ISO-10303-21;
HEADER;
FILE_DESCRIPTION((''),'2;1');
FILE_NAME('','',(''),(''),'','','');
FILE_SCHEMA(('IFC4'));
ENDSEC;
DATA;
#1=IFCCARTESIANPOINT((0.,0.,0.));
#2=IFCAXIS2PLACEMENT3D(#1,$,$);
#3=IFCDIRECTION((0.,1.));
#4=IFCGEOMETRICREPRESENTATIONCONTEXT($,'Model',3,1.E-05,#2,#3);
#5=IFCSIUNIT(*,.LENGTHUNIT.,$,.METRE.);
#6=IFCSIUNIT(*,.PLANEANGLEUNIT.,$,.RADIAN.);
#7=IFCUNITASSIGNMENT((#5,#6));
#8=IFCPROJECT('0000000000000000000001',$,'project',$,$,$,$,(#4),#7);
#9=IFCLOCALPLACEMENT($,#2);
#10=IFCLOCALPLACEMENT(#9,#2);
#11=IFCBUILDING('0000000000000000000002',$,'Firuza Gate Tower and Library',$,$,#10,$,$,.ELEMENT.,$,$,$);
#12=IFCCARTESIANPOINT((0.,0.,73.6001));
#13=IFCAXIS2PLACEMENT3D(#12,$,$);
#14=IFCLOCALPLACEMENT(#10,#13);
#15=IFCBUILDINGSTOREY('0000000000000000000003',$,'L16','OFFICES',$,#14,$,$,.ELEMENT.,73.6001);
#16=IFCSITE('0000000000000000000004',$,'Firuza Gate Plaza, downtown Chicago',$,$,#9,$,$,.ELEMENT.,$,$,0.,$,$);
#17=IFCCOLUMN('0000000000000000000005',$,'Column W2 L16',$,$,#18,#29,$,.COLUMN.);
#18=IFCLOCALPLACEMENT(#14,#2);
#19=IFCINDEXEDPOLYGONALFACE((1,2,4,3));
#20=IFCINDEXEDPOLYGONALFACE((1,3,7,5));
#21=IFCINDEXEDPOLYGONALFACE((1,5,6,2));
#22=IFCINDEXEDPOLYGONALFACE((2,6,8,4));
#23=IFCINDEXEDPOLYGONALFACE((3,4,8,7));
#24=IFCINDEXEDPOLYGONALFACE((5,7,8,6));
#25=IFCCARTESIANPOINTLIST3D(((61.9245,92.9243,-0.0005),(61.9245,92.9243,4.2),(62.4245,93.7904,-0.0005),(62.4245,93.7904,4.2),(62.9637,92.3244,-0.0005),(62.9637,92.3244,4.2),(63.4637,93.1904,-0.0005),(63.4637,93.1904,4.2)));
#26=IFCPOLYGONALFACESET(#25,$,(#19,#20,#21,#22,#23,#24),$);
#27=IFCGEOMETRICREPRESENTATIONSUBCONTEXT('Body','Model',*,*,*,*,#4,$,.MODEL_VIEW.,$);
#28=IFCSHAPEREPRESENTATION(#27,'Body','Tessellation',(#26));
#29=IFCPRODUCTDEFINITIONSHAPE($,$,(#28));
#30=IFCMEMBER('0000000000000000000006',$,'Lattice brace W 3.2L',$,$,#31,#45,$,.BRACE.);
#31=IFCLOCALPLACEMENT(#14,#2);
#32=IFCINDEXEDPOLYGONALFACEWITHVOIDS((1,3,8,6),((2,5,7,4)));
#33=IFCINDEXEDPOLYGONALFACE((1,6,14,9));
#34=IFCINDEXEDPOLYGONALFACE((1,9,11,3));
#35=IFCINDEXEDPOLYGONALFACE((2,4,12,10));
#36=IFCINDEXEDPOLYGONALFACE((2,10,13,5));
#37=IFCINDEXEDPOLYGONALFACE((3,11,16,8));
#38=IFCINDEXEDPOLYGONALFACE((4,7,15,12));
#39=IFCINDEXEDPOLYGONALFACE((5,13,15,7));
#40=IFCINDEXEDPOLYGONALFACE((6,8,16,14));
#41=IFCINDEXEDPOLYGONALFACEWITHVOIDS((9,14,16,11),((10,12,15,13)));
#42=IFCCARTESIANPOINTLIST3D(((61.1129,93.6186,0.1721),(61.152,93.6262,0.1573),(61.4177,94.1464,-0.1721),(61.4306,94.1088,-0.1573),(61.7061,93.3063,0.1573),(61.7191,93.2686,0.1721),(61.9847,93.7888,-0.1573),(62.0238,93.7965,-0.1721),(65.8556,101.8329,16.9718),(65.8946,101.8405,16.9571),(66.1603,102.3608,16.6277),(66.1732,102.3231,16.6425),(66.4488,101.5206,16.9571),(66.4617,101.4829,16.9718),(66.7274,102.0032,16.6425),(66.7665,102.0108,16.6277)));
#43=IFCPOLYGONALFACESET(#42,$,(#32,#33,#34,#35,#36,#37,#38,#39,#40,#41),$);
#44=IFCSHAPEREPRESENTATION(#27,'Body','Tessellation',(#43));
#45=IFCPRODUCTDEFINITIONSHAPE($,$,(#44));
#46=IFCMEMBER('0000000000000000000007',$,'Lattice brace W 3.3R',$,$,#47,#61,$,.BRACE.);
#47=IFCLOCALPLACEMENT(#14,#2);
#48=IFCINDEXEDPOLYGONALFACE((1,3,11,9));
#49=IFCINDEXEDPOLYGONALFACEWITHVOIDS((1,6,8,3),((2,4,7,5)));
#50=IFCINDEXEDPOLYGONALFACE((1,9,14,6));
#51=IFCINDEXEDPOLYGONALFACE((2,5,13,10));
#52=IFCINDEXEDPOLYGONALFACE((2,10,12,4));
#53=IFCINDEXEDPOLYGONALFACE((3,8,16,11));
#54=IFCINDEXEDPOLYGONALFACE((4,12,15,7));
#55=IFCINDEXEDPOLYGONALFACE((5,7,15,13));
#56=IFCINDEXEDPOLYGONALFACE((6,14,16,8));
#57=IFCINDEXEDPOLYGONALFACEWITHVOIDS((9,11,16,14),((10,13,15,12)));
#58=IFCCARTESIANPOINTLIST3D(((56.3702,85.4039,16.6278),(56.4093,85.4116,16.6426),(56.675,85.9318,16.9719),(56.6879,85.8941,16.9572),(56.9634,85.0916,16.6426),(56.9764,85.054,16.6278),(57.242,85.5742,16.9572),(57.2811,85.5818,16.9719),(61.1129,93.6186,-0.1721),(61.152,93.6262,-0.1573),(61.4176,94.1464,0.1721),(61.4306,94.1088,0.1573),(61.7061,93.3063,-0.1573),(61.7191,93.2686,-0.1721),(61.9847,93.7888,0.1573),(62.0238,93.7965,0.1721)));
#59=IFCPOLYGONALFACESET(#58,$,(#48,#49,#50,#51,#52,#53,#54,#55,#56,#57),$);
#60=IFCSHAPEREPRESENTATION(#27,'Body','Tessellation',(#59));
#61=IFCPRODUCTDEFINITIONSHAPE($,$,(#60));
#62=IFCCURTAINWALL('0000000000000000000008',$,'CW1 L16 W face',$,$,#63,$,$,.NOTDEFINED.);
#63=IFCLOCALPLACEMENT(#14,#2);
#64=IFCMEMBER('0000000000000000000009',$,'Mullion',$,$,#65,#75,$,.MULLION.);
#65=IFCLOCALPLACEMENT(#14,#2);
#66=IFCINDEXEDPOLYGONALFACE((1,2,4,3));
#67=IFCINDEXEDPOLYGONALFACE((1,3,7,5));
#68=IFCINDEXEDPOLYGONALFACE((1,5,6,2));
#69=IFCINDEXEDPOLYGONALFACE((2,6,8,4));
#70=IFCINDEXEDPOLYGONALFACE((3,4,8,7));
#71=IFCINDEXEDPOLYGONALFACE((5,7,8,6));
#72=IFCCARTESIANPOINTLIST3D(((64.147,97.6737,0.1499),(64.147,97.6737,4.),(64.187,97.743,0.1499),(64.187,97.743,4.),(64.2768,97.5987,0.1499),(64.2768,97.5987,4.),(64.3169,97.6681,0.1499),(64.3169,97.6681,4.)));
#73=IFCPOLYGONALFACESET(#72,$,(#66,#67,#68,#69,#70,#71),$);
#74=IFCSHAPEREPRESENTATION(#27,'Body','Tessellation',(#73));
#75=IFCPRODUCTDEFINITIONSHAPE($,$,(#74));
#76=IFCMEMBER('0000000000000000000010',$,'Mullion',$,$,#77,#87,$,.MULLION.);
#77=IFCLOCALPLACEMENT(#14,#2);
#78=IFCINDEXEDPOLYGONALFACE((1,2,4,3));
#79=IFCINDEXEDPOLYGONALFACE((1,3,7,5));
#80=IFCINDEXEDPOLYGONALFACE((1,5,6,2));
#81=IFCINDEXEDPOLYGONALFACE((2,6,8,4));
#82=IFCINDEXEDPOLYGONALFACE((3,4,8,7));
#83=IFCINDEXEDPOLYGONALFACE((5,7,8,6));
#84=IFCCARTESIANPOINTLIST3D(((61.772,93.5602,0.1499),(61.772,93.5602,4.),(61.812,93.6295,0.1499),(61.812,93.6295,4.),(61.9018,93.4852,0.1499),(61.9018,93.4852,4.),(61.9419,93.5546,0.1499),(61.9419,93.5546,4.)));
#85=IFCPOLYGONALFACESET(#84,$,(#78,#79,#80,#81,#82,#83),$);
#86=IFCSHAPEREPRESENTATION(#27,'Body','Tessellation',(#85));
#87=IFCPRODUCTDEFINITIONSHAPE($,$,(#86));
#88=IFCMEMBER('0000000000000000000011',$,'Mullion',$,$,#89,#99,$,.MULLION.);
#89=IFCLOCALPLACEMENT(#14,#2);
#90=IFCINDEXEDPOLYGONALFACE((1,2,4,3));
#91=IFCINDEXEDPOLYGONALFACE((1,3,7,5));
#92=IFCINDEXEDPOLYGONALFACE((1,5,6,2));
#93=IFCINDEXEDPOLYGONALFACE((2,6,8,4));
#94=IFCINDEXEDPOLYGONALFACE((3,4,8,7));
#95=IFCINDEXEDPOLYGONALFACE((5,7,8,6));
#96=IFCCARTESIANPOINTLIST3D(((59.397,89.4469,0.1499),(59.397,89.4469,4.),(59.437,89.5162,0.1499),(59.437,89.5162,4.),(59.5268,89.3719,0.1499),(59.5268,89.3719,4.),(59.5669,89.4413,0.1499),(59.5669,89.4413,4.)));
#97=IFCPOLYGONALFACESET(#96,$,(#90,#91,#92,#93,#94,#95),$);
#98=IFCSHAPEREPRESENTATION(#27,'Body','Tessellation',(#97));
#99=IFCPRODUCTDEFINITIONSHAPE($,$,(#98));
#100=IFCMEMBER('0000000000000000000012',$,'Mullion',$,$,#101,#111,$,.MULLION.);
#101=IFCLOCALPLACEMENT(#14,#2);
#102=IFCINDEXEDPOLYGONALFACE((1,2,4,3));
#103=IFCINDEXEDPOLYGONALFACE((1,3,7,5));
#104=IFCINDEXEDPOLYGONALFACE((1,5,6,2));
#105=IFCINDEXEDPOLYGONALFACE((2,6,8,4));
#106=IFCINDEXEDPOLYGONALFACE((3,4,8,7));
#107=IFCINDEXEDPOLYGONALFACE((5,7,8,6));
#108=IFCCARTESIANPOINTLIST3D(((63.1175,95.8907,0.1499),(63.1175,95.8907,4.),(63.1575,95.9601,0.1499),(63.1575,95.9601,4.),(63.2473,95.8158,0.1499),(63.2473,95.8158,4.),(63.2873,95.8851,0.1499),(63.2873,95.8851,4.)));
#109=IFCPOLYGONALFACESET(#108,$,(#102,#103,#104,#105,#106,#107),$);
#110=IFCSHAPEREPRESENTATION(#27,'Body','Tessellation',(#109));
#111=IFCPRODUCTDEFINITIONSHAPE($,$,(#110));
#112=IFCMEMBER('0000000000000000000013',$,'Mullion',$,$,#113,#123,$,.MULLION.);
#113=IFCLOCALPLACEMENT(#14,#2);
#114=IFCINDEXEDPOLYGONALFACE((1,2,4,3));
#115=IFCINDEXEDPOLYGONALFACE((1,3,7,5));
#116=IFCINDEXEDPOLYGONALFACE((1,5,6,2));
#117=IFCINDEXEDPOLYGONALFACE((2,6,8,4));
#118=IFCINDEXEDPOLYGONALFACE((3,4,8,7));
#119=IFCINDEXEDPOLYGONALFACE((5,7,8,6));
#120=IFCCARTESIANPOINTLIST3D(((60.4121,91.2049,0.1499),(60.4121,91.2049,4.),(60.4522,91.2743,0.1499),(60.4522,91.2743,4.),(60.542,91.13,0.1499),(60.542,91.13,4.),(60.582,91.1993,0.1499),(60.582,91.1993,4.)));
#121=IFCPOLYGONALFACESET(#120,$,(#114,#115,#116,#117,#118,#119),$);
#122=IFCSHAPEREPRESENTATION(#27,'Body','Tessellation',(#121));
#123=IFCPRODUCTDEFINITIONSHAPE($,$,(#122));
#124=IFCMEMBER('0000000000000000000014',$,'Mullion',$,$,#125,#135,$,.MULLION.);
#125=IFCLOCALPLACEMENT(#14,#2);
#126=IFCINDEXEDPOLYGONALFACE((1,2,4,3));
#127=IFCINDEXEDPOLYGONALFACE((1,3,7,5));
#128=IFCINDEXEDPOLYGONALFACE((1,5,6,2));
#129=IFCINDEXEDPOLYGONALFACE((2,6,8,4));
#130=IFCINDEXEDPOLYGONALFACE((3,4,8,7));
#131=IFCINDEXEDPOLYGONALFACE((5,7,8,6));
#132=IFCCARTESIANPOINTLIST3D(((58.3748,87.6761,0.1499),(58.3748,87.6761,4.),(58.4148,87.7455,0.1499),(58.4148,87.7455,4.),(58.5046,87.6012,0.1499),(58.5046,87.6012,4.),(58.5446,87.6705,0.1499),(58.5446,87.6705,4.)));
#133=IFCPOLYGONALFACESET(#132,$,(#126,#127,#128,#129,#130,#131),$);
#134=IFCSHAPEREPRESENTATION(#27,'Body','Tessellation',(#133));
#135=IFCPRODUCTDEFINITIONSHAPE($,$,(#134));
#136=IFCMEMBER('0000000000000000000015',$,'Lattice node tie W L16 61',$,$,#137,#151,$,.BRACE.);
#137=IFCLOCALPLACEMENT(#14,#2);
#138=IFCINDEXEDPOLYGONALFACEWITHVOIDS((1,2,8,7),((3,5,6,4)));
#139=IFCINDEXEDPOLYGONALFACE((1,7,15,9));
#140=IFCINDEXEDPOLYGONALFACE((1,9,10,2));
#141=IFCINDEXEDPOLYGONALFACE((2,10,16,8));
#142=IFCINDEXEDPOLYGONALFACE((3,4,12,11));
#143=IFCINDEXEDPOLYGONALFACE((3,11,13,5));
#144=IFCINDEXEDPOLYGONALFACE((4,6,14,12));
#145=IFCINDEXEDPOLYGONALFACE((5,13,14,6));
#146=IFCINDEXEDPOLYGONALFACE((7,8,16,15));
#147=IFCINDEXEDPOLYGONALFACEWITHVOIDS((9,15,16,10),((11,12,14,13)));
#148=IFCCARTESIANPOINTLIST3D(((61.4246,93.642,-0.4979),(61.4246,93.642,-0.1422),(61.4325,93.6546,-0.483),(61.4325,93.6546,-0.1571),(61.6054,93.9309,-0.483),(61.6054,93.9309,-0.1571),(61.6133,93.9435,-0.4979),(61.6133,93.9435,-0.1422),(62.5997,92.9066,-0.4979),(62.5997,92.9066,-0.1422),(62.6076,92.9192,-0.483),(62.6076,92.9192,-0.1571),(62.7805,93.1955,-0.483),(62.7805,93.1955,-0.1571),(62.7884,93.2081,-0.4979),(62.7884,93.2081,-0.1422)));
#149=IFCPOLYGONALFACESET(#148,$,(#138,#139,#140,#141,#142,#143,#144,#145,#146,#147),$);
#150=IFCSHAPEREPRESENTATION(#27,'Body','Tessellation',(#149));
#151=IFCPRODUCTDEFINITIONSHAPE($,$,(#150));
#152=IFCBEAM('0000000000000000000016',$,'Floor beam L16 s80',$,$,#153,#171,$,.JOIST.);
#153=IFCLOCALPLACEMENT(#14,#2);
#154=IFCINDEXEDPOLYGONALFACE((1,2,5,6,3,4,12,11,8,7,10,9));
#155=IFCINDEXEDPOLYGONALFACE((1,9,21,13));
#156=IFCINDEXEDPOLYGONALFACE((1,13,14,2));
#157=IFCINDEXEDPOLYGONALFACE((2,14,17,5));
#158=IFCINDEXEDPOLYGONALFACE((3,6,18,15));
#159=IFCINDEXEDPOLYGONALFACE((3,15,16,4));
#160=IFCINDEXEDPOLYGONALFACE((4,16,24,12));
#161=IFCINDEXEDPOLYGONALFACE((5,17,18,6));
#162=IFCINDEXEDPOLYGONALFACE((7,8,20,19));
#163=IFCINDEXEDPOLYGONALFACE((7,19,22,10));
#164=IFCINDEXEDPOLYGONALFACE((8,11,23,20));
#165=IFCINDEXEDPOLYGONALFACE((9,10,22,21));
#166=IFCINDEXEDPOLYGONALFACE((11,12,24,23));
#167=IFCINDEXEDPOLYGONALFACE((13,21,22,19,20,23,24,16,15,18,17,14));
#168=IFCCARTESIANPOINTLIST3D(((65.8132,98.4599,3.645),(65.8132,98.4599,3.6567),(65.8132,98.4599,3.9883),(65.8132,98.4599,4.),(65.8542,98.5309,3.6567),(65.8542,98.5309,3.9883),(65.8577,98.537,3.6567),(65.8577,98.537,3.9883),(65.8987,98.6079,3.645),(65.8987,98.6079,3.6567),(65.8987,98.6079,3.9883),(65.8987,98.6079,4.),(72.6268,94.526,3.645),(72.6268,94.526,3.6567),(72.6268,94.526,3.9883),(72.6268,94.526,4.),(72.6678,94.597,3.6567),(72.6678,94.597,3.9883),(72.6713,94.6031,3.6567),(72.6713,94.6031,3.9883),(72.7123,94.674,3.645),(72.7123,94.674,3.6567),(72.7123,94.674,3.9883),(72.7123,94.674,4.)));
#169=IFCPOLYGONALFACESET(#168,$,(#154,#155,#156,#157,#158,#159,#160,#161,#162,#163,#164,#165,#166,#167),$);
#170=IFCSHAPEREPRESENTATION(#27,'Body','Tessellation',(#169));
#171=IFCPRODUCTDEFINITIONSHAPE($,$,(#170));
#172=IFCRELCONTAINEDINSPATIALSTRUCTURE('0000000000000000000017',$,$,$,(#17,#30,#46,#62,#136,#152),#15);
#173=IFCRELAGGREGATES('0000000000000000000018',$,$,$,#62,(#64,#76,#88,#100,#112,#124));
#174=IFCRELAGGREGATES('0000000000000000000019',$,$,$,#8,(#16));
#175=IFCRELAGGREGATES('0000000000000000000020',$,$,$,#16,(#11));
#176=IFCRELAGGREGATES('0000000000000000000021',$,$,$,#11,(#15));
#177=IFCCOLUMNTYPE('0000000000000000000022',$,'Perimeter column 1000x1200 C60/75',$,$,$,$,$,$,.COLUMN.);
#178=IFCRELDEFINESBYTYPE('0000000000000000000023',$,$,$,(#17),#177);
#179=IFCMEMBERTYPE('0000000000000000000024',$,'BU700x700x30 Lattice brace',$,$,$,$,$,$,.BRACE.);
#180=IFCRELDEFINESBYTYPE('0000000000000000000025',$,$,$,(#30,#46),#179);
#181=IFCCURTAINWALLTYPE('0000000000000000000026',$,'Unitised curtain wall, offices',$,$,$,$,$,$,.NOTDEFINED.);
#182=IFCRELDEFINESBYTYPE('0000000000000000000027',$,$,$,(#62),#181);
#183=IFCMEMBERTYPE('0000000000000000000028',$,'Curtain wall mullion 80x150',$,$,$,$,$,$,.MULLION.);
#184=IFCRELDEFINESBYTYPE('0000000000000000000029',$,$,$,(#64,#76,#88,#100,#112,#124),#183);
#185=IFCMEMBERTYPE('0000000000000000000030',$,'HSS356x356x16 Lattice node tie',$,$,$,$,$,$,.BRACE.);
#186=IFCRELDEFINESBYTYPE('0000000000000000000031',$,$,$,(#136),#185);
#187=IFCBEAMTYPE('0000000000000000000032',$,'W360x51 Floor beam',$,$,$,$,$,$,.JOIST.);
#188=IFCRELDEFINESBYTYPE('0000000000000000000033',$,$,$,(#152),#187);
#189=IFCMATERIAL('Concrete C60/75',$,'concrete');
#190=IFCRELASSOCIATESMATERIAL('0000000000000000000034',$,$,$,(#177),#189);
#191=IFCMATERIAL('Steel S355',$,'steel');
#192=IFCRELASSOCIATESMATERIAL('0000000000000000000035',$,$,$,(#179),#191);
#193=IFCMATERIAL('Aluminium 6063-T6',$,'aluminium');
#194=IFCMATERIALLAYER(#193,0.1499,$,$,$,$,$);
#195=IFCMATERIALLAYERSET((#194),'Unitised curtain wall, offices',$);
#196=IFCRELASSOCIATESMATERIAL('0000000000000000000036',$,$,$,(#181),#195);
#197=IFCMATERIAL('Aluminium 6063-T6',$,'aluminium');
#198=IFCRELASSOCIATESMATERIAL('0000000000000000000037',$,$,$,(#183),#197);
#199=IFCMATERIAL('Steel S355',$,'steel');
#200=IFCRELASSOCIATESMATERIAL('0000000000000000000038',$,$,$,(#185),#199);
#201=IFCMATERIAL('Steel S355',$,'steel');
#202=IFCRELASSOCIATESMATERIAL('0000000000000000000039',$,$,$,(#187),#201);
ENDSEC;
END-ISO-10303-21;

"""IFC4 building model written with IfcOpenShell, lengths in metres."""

from ifc_helpers import new_model, si_unit, direction, frame, origin, origin_2d, place, context, subcontext, project, spatial, rectangle, hollow_rectangle, i_section, extrude, material, layer, layer_set, material_profile, profile_set, type_object, element, aggregate, save


model = new_model("IFC4")

# Units and contexts
model_context = context("Model", 3, precision=1e-05, world=origin(), true_north=direction((0.0, 1.0)))
body_context = subcontext(model_context, "Body", "Model", "MODEL_VIEW")
ifc_project = project(units=[si_unit("LENGTHUNIT", "METRE"), si_unit("PLANEANGLEUNIT", "RADIAN")], contexts=[model_context])

# Site, building, storey
site_placement = place(None, origin())
site = spatial("IfcSite", under=ifc_project, at=site_placement, Name="Firuza Gate Plaza, downtown Chicago", CompositionType="ELEMENT", RefElevation=0.0)
building_placement = place(site_placement, origin())
building = spatial("IfcBuilding", under=site, at=building_placement, Name="Firuza Gate Tower and Library", CompositionType="ELEMENT")
storey_placement = place(building_placement, frame((0.0, 0.0, 73.6001)))
storey = spatial("IfcBuildingStorey", under=building, at=storey_placement, Name="L16", Description="OFFICES", CompositionType="ELEMENT", Elevation=73.6001)

# Column
ifc_material_1 = material(Name="Concrete C60/75", Category="concrete")
ifc_material_profile_1 = material_profile(ifc_material_1, rectangle(XDim=1.0, YDim=1.2, at=origin_2d()))
ifc_profile_set_1 = profile_set([ifc_material_profile_1], Name="Concrete C60/75")
column_type = type_object("IfcColumnType", Name="Perimeter column 1000x1200 C60/75", PredefinedType="COLUMN", material=ifc_profile_set_1)
column_placement = place(storey_placement, frame((62.6941, 93.0574, -0.0005), z_axis=(0.0, 0.0, 1.0), x_axis=(-0.5, -0.866025, 0.0)))
element("IfcColumn", 1, at=column_placement, inside=storey, type_object=column_type, Name="Column W2 L16", PredefinedType="COLUMN", context=body_context, shape_type="SweptSolid", body=[
    extrude(rectangle(XDim=1.0, YDim=1.2, at=origin_2d()), origin(), (0.0, 0.0, 1.0), 4.2004),
])

# Members
ifc_material_2 = material(Name="Steel S355", Category="steel")
ifc_material_profile_2 = material_profile(ifc_material_2, hollow_rectangle(XDim=0.7, YDim=0.7, WallThickness=0.03, at=origin_2d()))
ifc_profile_set_2 = profile_set([ifc_material_profile_2], Name="Steel S355")
member_type_1 = type_object("IfcMemberType", Name="BU700x700x30 Lattice brace", PredefinedType="BRACE", material=ifc_profile_set_2)
member_1_placement = place(storey_placement, frame((61.5684, 93.7075, 0.0), z_axis=(0.24583, 0.425779, 0.870793), x_axis=(-0.86602, 0.500009, 0.0)))
element("IfcMember", 2, at=member_1_placement, inside=storey, type_object=member_type_1, Name="Lattice brace W 3.2L", PredefinedType="BRACE", context=body_context, shape_type="SweptSolid", body=[
    extrude(hollow_rectangle(XDim=0.7, YDim=0.7, WallThickness=0.03, at=origin_2d()), origin(), (0.0, 0.0, 1.0), 19.2925),
])
member_2_placement = place(storey_placement, frame((61.5684, 93.7075, 0.0), z_axis=(-0.245828, -0.425789, 0.870788), x_axis=(0.866027, -0.499998, 0.0)))
element("IfcMember", 3, at=member_2_placement, inside=storey, type_object=member_type_1, Name="Lattice brace W 3.3R", PredefinedType="BRACE", context=body_context, shape_type="SweptSolid", body=[
    extrude(hollow_rectangle(XDim=0.7, YDim=0.7, WallThickness=0.03, at=origin_2d()), origin(), (0.0, 0.0, 1.0), 19.2927),
])

# Curtain wall, members
ifc_material_3 = material(Name="Aluminium 6063-T6", Category="aluminium")
ifc_layer_1 = layer(ifc_material_3, 0.1499)
ifc_layer_set_1 = layer_set([ifc_layer_1], Name="Unitised curtain wall, offices")
curtain_wall_type = type_object("IfcCurtainWallType", Name="Unitised curtain wall, offices", PredefinedType="NOTDEFINED", material=ifc_layer_set_1)
placement = place(storey_placement, origin())
curtain_wall = element("IfcCurtainWall", 4, at=placement, inside=storey, type_object=curtain_wall_type, Name="CW1 L16 W face", PredefinedType="NOTDEFINED")
ifc_material_4 = material(Name="Aluminium 6063-T6", Category="aluminium")
ifc_material_profile_3 = material_profile(ifc_material_4, rectangle(XDim=0.1499, YDim=0.0801, at=origin_2d()))
ifc_profile_set_3 = profile_set([ifc_material_profile_3], Name="Aluminium 6063-T6")
member_type_2 = type_object("IfcMemberType", Name="Curtain wall mullion 80x150", PredefinedType="MULLION", material=ifc_profile_set_3)
member_3_placement = place(storey_placement, frame((64.2319, 97.6709, 0.1499), z_axis=(0.0, 0.0, 1.0), x_axis=(0.866025, -0.5, 0.0)))
member_3 = element("IfcMember", 5, at=member_3_placement, type_object=member_type_2, Name="Mullion", PredefinedType="MULLION", context=body_context, shape_type="SweptSolid", body=[
    extrude(rectangle(XDim=0.1499, YDim=0.0801, at=origin_2d()), origin(), (0.0, 0.0, 1.0), 3.8501),
])
member_4_placement = place(storey_placement, frame((61.8569, 93.5574, 0.1499), z_axis=(0.0, 0.0, 1.0), x_axis=(0.866025, -0.5, 0.0)))
member_4 = element("IfcMember", 6, at=member_4_placement, type_object=member_type_2, Name="Mullion", PredefinedType="MULLION", context=body_context, shape_type="SweptSolid", body=[
    extrude(rectangle(XDim=0.1499, YDim=0.0801, at=origin_2d()), origin(), (0.0, 0.0, 1.0), 3.8501),
])
member_5_placement = place(storey_placement, frame((59.4819, 89.4441, 0.1499), z_axis=(0.0, 0.0, 1.0), x_axis=(0.866025, -0.5, 0.0)))
member_5 = element("IfcMember", 7, at=member_5_placement, type_object=member_type_2, Name="Mullion", PredefinedType="MULLION", context=body_context, shape_type="SweptSolid", body=[
    extrude(rectangle(XDim=0.1499, YDim=0.0801, at=origin_2d()), origin(), (0.0, 0.0, 1.0), 3.8501),
])
member_6_placement = place(storey_placement, frame((63.2024, 95.8879, 0.1499), z_axis=(0.0, 0.0, 1.0), x_axis=(0.866025, -0.5, 0.0)))
member_6 = element("IfcMember", 8, at=member_6_placement, type_object=member_type_2, Name="Mullion", PredefinedType="MULLION", context=body_context, shape_type="SweptSolid", body=[
    extrude(rectangle(XDim=0.1499, YDim=0.0801, at=origin_2d()), origin(), (0.0, 0.0, 1.0), 3.8501),
])
member_7_placement = place(storey_placement, frame((60.4971, 91.2021, 0.1499), z_axis=(0.0, 0.0, 1.0), x_axis=(0.866025, -0.5, 0.0)))
member_7 = element("IfcMember", 9, at=member_7_placement, type_object=member_type_2, Name="Mullion", PredefinedType="MULLION", context=body_context, shape_type="SweptSolid", body=[
    extrude(rectangle(XDim=0.1499, YDim=0.0801, at=origin_2d()), origin(), (0.0, 0.0, 1.0), 3.8501),
])
member_8_placement = place(storey_placement, frame((58.4597, 87.6733, 0.1499), z_axis=(0.0, 0.0, 1.0), x_axis=(0.866025, -0.5, 0.0)))
member_8 = element("IfcMember", 10, at=member_8_placement, type_object=member_type_2, Name="Mullion", PredefinedType="MULLION", context=body_context, shape_type="SweptSolid", body=[
    extrude(rectangle(XDim=0.1499, YDim=0.0801, at=origin_2d()), origin(), (0.0, 0.0, 1.0), 3.8501),
])

# Member
ifc_material_5 = material(Name="Steel S355", Category="steel")
ifc_material_profile_4 = material_profile(ifc_material_5, hollow_rectangle(XDim=0.3557, YDim=0.3557, WallThickness=0.0149, at=origin_2d()))
ifc_profile_set_4 = profile_set([ifc_material_profile_4], Name="Steel S355")
member_type_3 = type_object("IfcMemberType", Name="HSS356x356x16 Lattice node tie", PredefinedType="BRACE", material=ifc_profile_set_4)
member_9_placement = place(storey_placement, frame((62.6941, 93.0574, -0.3201), z_axis=(-0.847691, 0.53049, 0.0), x_axis=(-0.53049, -0.847691, 0.0)))
element("IfcMember", 11, at=member_9_placement, inside=storey, type_object=member_type_3, Name="Lattice node tie W L16 61", PredefinedType="BRACE", context=body_context, shape_type="SweptSolid", body=[
    extrude(hollow_rectangle(XDim=0.3557, YDim=0.3557, WallThickness=0.0149, at=origin_2d()), origin(), (0.0, 0.0, 1.0), 1.3862),
])

# Beam
ifc_material_6 = material(Name="Steel S355", Category="steel")
ifc_material_profile_5 = material_profile(ifc_material_6, i_section(OverallWidth=0.1709, OverallDepth=0.355, WebThickness=0.0071, FlangeThickness=0.0117, at=origin_2d()))
ifc_profile_set_5 = profile_set([ifc_material_profile_5], Name="Steel S355")
beam_type_1 = type_object("IfcBeamType", Name="W360x51 Floor beam", PredefinedType="JOIST", material=ifc_profile_set_5)
beam_1_placement = place(storey_placement, frame((65.856, 98.5339, 3.8225), z_axis=(0.866021, -0.500007, 0.0), x_axis=(0.500007, 0.866021, 0.0)))
element("IfcBeam", 12, at=beam_1_placement, inside=storey, type_object=beam_type_1, Name="Floor beam L16 s80", PredefinedType="JOIST", context=body_context, shape_type="SweptSolid", body=[
    extrude(i_section(OverallWidth=0.1709, OverallDepth=0.355, WebThickness=0.0071, FlangeThickness=0.0117, at=origin_2d()), origin(), (0.0, 0.0, 1.0), 7.8677),
])

aggregate(curtain_wall, [member_3, member_4, member_5, member_6, member_7, member_8])

save(model, "model.ifc")
